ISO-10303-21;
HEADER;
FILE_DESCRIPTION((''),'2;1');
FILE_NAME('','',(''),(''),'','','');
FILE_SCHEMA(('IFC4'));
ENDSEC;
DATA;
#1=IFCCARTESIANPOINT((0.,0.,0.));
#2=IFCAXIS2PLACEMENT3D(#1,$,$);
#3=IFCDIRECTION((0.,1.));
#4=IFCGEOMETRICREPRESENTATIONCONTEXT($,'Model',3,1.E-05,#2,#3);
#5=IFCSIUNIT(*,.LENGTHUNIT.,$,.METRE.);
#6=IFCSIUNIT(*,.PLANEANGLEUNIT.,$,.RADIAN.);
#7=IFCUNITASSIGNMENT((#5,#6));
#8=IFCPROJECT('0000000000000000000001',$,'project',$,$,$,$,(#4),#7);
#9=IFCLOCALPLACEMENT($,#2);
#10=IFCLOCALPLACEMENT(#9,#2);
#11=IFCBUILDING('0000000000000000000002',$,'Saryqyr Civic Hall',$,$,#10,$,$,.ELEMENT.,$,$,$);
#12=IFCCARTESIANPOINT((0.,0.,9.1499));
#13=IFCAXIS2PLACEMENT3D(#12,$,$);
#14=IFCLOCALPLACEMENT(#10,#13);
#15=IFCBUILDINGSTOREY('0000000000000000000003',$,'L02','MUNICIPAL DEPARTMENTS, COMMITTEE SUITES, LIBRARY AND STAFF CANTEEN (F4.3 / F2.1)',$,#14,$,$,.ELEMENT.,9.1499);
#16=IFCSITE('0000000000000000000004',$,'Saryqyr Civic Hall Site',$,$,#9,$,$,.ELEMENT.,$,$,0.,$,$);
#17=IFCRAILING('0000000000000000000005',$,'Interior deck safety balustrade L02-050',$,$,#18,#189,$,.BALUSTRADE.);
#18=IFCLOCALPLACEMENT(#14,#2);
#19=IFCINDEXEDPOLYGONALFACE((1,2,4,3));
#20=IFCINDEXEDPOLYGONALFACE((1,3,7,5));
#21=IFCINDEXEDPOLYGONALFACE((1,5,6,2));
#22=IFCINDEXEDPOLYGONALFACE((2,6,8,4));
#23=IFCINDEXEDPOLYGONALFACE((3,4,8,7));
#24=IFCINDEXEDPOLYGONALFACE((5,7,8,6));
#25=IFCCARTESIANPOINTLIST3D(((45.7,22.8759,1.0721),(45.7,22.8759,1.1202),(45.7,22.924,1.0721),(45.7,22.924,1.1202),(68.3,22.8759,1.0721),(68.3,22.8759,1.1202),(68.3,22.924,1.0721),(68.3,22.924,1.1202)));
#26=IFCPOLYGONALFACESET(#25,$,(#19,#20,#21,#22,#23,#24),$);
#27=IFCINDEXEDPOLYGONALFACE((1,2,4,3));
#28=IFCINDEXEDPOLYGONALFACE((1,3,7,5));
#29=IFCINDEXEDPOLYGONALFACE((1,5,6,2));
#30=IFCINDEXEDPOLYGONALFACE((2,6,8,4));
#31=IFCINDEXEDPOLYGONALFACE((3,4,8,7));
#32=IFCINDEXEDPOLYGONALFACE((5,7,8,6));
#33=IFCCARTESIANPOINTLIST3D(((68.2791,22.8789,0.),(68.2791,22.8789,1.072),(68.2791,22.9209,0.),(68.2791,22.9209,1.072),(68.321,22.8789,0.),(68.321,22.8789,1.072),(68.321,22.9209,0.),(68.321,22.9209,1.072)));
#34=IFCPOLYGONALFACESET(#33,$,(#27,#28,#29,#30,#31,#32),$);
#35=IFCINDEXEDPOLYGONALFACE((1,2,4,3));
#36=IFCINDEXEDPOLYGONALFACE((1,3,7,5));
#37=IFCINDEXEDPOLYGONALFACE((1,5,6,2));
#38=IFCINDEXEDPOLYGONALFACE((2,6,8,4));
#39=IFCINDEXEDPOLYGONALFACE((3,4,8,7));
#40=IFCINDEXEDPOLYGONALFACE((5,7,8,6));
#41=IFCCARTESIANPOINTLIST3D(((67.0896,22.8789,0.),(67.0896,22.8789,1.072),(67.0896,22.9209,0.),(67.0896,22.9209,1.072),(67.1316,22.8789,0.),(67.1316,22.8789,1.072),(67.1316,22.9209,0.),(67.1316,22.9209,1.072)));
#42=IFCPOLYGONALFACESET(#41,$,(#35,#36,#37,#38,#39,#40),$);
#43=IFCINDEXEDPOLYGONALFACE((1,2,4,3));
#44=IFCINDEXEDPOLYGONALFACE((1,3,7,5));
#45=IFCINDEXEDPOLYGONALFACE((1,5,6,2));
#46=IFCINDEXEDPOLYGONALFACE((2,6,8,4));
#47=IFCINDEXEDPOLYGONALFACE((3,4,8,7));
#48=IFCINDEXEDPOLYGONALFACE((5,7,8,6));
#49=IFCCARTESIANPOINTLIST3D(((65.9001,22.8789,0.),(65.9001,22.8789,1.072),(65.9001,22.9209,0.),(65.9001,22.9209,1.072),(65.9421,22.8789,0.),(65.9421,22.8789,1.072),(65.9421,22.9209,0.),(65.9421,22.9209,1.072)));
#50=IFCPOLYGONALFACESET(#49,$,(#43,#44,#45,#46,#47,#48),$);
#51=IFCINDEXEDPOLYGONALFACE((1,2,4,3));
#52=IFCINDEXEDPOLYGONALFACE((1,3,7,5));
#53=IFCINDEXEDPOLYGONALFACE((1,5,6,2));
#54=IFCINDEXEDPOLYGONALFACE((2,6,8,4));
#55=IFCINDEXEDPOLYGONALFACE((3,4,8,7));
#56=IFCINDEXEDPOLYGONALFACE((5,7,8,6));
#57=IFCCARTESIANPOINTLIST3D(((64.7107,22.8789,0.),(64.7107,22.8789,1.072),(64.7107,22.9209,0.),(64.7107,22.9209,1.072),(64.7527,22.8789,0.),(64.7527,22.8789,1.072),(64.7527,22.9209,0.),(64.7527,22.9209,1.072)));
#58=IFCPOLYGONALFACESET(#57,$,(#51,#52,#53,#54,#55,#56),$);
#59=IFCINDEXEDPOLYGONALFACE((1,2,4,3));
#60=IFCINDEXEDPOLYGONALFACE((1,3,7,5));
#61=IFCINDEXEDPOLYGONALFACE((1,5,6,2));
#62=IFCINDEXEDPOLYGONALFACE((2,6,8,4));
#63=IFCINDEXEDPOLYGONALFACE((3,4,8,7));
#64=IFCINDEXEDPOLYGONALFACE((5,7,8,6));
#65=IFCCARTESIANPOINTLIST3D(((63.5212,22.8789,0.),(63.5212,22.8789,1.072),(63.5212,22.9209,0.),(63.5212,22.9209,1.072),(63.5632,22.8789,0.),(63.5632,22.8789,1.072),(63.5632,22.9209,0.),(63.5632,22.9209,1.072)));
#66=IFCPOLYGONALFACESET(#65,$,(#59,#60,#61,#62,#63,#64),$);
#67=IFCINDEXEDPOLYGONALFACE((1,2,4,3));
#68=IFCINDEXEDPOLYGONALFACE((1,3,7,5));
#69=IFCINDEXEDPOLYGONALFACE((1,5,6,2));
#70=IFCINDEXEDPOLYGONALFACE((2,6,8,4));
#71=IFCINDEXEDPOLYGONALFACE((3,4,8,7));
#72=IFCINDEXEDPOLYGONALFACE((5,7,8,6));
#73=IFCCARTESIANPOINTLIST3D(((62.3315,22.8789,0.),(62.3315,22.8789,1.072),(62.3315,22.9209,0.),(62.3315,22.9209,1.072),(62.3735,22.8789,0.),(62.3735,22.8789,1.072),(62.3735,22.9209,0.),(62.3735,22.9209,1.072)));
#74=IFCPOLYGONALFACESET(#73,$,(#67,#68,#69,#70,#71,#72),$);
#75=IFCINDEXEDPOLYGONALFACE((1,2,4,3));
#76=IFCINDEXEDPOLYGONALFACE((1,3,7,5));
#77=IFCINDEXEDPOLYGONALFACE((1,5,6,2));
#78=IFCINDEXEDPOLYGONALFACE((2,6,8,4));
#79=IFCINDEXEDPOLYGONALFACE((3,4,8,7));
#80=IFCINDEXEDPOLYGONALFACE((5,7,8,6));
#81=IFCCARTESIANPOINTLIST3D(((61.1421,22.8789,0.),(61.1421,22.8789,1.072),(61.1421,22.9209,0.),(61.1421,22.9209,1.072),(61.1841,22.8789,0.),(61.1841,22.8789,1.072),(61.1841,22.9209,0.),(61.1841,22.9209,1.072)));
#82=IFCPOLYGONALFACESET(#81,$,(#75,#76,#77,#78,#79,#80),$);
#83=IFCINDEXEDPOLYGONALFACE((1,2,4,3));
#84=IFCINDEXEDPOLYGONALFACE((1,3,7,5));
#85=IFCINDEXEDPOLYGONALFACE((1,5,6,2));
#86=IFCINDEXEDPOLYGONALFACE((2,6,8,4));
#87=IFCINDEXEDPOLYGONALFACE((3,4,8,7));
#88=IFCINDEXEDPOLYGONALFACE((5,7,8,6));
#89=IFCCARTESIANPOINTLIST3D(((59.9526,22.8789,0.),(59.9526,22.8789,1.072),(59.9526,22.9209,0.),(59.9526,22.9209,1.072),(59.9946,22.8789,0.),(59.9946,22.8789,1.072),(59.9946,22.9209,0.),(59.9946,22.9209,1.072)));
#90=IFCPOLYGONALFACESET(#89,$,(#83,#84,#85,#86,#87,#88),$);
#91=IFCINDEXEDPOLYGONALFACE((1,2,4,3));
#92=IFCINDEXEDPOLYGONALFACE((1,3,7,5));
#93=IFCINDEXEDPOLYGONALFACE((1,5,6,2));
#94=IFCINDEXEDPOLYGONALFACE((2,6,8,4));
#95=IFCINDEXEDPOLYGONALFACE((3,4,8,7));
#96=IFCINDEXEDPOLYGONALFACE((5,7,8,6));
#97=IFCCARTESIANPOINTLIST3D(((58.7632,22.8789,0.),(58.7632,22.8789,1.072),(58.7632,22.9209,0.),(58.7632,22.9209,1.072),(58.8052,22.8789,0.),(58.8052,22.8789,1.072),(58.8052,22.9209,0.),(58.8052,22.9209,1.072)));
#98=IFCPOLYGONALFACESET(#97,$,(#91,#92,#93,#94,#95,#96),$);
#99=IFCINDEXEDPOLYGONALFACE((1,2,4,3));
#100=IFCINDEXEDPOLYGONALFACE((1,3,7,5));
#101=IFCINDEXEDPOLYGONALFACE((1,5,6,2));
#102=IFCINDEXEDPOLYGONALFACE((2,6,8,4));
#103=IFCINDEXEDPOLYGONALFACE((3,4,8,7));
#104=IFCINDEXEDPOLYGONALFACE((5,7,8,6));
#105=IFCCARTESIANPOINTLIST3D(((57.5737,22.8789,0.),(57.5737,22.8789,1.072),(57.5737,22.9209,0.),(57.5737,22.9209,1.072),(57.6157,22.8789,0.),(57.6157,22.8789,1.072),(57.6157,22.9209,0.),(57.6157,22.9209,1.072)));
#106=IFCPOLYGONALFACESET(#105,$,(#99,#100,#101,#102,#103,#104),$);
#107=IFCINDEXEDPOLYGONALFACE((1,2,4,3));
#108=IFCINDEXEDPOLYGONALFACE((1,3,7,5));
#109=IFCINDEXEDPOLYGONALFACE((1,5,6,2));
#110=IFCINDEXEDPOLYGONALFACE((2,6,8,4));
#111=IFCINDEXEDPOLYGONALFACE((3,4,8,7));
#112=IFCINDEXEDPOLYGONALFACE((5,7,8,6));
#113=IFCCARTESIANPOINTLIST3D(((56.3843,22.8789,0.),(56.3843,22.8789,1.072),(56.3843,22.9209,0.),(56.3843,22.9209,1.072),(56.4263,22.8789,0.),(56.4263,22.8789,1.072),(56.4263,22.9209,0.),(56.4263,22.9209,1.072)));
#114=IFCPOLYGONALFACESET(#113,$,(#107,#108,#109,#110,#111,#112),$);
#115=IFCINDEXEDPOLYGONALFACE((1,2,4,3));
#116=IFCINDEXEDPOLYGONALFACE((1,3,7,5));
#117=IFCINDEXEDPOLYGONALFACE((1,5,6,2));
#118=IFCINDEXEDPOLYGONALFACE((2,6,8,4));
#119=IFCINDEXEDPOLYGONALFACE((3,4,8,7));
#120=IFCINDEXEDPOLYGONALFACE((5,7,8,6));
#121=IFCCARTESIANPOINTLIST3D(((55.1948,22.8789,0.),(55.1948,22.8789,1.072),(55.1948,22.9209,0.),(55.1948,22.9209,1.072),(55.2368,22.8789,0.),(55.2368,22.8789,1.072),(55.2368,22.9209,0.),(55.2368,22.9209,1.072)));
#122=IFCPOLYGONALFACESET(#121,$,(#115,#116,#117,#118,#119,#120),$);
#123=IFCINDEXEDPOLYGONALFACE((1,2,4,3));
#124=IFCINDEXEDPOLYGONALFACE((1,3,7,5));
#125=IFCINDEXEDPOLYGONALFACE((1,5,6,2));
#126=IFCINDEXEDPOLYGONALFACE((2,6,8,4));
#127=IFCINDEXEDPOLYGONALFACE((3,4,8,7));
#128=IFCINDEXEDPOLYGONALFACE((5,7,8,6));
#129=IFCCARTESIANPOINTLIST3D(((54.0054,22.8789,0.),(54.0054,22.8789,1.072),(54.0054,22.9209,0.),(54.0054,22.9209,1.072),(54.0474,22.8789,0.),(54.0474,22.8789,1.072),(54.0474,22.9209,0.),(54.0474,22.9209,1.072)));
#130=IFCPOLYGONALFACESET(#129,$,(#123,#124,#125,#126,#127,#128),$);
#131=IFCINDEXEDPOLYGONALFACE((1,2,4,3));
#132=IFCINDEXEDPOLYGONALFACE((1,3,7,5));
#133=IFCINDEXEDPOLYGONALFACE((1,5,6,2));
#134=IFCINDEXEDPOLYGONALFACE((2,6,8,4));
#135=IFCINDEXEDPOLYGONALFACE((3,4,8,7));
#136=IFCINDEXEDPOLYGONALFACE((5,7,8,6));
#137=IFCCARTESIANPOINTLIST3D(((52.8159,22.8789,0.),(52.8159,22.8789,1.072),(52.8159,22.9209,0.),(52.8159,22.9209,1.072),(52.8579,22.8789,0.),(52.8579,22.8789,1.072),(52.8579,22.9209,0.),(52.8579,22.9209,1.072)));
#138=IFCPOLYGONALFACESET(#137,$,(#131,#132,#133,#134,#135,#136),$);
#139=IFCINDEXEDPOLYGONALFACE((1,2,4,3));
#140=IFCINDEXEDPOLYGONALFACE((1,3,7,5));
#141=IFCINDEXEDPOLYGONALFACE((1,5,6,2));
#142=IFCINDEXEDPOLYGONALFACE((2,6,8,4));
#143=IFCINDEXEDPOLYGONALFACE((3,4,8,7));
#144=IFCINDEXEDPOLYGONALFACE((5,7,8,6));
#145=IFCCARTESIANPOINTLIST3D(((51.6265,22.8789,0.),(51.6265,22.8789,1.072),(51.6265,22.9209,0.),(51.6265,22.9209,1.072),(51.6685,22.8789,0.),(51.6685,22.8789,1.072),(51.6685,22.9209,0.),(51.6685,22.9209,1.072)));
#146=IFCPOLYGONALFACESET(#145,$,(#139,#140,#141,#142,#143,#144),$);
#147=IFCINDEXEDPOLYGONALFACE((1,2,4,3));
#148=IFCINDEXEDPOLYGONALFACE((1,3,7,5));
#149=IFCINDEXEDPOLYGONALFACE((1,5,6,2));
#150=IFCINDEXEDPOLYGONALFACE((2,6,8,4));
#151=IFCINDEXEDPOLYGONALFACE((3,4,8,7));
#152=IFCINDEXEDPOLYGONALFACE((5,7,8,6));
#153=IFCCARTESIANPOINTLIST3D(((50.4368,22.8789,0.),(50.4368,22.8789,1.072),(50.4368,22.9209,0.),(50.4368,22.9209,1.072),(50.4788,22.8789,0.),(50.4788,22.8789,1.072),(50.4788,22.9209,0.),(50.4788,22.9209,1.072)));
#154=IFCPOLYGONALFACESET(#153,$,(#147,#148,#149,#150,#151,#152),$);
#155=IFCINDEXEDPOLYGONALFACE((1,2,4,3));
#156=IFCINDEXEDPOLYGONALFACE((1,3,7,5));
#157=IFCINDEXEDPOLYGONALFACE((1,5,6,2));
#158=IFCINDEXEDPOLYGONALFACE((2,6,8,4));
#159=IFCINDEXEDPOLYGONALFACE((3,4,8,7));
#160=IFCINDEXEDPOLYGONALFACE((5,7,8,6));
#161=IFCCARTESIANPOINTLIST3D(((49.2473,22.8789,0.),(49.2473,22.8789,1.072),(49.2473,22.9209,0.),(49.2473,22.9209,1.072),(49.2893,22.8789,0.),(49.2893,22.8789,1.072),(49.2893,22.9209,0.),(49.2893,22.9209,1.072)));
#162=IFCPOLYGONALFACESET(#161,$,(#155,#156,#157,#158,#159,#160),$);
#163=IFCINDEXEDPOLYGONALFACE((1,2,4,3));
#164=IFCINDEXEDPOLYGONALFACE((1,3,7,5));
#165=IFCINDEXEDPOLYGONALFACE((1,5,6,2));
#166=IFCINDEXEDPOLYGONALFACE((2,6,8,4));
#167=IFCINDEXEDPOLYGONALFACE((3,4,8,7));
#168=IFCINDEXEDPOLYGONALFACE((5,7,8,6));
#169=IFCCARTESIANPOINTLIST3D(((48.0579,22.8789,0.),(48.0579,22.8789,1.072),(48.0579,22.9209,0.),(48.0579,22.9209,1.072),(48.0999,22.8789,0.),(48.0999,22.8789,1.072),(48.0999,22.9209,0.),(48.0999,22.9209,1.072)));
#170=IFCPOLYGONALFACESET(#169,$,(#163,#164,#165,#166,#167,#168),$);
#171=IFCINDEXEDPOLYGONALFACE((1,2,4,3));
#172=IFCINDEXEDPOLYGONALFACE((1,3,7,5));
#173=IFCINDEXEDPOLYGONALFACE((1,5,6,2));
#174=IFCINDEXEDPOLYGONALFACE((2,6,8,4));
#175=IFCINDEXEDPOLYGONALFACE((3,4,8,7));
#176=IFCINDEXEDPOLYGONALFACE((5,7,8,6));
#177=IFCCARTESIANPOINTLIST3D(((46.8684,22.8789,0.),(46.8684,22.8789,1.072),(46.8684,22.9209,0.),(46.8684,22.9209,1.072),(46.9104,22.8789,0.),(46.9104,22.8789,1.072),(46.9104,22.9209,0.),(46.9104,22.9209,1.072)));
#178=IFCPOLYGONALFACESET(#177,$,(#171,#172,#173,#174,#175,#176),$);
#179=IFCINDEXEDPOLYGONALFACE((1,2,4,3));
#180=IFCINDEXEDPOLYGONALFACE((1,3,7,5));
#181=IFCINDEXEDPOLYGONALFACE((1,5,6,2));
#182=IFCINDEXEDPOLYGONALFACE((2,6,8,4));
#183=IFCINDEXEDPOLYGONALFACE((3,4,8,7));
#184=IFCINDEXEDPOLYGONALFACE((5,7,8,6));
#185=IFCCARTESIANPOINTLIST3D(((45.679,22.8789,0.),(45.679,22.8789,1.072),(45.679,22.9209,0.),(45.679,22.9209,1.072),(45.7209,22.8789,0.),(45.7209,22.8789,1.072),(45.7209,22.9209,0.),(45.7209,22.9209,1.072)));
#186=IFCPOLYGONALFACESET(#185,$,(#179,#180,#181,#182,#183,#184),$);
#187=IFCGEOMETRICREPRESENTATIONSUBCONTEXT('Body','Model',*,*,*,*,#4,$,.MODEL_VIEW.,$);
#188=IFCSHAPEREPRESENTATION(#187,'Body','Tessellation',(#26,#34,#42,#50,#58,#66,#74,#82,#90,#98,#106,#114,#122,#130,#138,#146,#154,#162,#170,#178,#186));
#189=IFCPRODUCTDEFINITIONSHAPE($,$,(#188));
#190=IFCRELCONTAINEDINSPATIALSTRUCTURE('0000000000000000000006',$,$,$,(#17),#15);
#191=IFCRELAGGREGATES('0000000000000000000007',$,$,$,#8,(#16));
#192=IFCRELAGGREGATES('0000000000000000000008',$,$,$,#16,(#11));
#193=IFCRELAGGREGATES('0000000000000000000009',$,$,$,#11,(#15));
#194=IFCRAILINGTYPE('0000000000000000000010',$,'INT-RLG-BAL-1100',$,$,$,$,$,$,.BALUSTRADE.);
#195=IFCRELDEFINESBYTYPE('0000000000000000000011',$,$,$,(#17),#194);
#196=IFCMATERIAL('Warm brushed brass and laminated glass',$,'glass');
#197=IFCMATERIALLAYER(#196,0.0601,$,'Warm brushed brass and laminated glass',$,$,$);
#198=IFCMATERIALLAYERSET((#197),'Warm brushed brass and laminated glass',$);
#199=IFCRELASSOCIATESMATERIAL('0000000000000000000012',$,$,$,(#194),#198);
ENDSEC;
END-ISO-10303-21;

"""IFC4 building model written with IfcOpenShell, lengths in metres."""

from ifc_helpers import new_model, si_unit, direction, frame, origin, origin_2d, place, context, subcontext, project, spatial, rectangle, extrude, material, layer, layer_set, type_object, element, save


model = new_model("IFC4")

# Units and contexts
model_context = context("Model", 3, precision=1e-05, world=origin(), true_north=direction((0.0, 1.0)))
body_context = subcontext(model_context, "Body", "Model", "MODEL_VIEW")
ifc_project = project(units=[si_unit("LENGTHUNIT", "METRE"), si_unit("PLANEANGLEUNIT", "RADIAN")], contexts=[model_context])

# Site, building, storey
site_placement = place(None, origin())
site = spatial("IfcSite", under=ifc_project, at=site_placement, Name="Saryqyr Civic Hall Site", CompositionType="ELEMENT", RefElevation=0.0)
building_placement = place(site_placement, origin())
building = spatial("IfcBuilding", under=site, at=building_placement, Name="Saryqyr Civic Hall", CompositionType="ELEMENT")
storey_placement = place(building_placement, frame((0.0, 0.0, 9.1499)))
storey = spatial("IfcBuildingStorey", under=building, at=storey_placement, Name="L02", Description="MUNICIPAL DEPARTMENTS, COMMITTEE SUITES, LIBRARY AND STAFF CANTEEN (F4.3 / F2.1)", CompositionType="ELEMENT", Elevation=9.1499)

# Railing
ifc_material_1 = material(Name="Warm brushed brass and laminated glass", Category="glass")
ifc_layer_1 = layer(ifc_material_1, 0.0601, Name="Warm brushed brass and laminated glass")
ifc_layer_set_1 = layer_set([ifc_layer_1], Name="Warm brushed brass and laminated glass")
railing_type = type_object("IfcRailingType", Name="INT-RLG-BAL-1100", PredefinedType="BALUSTRADE", material=ifc_layer_set_1)
railing_1_placement = place(storey_placement, frame((68.3, 22.8999, 0.0)))
element("IfcRailing", 1, at=railing_1_placement, inside=storey, type_object=railing_type, Name="Interior deck safety balustrade L02-050", PredefinedType="BALUSTRADE", context=body_context, shape_type="SweptSolid", body=[
    extrude(rectangle(XDim=0.0481, YDim=0.0481, at=origin_2d()), frame((0.0, 0.0, 1.0962), z_axis=(-1.0, 0.0, 0.0), x_axis=(0.0, -1.0, 0.0)), (0.0, 0.0, 1.0), 22.6001),
    extrude(rectangle(XDim=0.042, YDim=0.042, at=origin_2d()), origin(), (0.0, 0.0, 1.0), 1.072),
    extrude(rectangle(XDim=0.042, YDim=0.042, at=origin_2d()), frame((-1.1895, 0.0, 0.0)), (0.0, 0.0, 1.0), 1.072),
    extrude(rectangle(XDim=0.042, YDim=0.042, at=origin_2d()), frame((-2.3789, 0.0, 0.0)), (0.0, 0.0, 1.0), 1.072),
    extrude(rectangle(XDim=0.042, YDim=0.042, at=origin_2d()), frame((-3.5684, 0.0, 0.0)), (0.0, 0.0, 1.0), 1.072),
    extrude(rectangle(XDim=0.042, YDim=0.042, at=origin_2d()), frame((-4.7578, 0.0, 0.0)), (0.0, 0.0, 1.0), 1.072),
    extrude(rectangle(XDim=0.042, YDim=0.042, at=origin_2d()), frame((-5.9475, 0.0, 0.0)), (0.0, 0.0, 1.0), 1.072),
    extrude(rectangle(XDim=0.042, YDim=0.042, at=origin_2d()), frame((-7.137, 0.0, 0.0)), (0.0, 0.0, 1.0), 1.072),
    extrude(rectangle(XDim=0.042, YDim=0.042, at=origin_2d()), frame((-8.3264, 0.0, 0.0)), (0.0, 0.0, 1.0), 1.072),
    extrude(rectangle(XDim=0.042, YDim=0.042, at=origin_2d()), frame((-9.5159, 0.0, 0.0)), (0.0, 0.0, 1.0), 1.072),
    extrude(rectangle(XDim=0.042, YDim=0.042, at=origin_2d()), frame((-10.7053, 0.0, 0.0)), (0.0, 0.0, 1.0), 1.072),
    extrude(rectangle(XDim=0.042, YDim=0.042, at=origin_2d()), frame((-11.8948, 0.0, 0.0)), (0.0, 0.0, 1.0), 1.072),
    extrude(rectangle(XDim=0.042, YDim=0.042, at=origin_2d()), frame((-13.0842, 0.0, 0.0)), (0.0, 0.0, 1.0), 1.072),
    extrude(rectangle(XDim=0.042, YDim=0.042, at=origin_2d()), frame((-14.2737, 0.0, 0.0)), (0.0, 0.0, 1.0), 1.072),
    extrude(rectangle(XDim=0.042, YDim=0.042, at=origin_2d()), frame((-15.4631, 0.0, 0.0)), (0.0, 0.0, 1.0), 1.072),
    extrude(rectangle(XDim=0.042, YDim=0.042, at=origin_2d()), frame((-16.6526, 0.0, 0.0)), (0.0, 0.0, 1.0), 1.072),
    extrude(rectangle(XDim=0.042, YDim=0.042, at=origin_2d()), frame((-17.8423, 0.0, 0.0)), (0.0, 0.0, 1.0), 1.072),
    extrude(rectangle(XDim=0.042, YDim=0.042, at=origin_2d()), frame((-19.0317, 0.0, 0.0)), (0.0, 0.0, 1.0), 1.072),
    extrude(rectangle(XDim=0.042, YDim=0.042, at=origin_2d()), frame((-20.2212, 0.0, 0.0)), (0.0, 0.0, 1.0), 1.072),
    extrude(rectangle(XDim=0.042, YDim=0.042, at=origin_2d()), frame((-21.4106, 0.0, 0.0)), (0.0, 0.0, 1.0), 1.072),
    extrude(rectangle(XDim=0.042, YDim=0.042, at=origin_2d()), frame((-22.6001, 0.0, 0.0)), (0.0, 0.0, 1.0), 1.072),
])

save(model, "model.ifc")
